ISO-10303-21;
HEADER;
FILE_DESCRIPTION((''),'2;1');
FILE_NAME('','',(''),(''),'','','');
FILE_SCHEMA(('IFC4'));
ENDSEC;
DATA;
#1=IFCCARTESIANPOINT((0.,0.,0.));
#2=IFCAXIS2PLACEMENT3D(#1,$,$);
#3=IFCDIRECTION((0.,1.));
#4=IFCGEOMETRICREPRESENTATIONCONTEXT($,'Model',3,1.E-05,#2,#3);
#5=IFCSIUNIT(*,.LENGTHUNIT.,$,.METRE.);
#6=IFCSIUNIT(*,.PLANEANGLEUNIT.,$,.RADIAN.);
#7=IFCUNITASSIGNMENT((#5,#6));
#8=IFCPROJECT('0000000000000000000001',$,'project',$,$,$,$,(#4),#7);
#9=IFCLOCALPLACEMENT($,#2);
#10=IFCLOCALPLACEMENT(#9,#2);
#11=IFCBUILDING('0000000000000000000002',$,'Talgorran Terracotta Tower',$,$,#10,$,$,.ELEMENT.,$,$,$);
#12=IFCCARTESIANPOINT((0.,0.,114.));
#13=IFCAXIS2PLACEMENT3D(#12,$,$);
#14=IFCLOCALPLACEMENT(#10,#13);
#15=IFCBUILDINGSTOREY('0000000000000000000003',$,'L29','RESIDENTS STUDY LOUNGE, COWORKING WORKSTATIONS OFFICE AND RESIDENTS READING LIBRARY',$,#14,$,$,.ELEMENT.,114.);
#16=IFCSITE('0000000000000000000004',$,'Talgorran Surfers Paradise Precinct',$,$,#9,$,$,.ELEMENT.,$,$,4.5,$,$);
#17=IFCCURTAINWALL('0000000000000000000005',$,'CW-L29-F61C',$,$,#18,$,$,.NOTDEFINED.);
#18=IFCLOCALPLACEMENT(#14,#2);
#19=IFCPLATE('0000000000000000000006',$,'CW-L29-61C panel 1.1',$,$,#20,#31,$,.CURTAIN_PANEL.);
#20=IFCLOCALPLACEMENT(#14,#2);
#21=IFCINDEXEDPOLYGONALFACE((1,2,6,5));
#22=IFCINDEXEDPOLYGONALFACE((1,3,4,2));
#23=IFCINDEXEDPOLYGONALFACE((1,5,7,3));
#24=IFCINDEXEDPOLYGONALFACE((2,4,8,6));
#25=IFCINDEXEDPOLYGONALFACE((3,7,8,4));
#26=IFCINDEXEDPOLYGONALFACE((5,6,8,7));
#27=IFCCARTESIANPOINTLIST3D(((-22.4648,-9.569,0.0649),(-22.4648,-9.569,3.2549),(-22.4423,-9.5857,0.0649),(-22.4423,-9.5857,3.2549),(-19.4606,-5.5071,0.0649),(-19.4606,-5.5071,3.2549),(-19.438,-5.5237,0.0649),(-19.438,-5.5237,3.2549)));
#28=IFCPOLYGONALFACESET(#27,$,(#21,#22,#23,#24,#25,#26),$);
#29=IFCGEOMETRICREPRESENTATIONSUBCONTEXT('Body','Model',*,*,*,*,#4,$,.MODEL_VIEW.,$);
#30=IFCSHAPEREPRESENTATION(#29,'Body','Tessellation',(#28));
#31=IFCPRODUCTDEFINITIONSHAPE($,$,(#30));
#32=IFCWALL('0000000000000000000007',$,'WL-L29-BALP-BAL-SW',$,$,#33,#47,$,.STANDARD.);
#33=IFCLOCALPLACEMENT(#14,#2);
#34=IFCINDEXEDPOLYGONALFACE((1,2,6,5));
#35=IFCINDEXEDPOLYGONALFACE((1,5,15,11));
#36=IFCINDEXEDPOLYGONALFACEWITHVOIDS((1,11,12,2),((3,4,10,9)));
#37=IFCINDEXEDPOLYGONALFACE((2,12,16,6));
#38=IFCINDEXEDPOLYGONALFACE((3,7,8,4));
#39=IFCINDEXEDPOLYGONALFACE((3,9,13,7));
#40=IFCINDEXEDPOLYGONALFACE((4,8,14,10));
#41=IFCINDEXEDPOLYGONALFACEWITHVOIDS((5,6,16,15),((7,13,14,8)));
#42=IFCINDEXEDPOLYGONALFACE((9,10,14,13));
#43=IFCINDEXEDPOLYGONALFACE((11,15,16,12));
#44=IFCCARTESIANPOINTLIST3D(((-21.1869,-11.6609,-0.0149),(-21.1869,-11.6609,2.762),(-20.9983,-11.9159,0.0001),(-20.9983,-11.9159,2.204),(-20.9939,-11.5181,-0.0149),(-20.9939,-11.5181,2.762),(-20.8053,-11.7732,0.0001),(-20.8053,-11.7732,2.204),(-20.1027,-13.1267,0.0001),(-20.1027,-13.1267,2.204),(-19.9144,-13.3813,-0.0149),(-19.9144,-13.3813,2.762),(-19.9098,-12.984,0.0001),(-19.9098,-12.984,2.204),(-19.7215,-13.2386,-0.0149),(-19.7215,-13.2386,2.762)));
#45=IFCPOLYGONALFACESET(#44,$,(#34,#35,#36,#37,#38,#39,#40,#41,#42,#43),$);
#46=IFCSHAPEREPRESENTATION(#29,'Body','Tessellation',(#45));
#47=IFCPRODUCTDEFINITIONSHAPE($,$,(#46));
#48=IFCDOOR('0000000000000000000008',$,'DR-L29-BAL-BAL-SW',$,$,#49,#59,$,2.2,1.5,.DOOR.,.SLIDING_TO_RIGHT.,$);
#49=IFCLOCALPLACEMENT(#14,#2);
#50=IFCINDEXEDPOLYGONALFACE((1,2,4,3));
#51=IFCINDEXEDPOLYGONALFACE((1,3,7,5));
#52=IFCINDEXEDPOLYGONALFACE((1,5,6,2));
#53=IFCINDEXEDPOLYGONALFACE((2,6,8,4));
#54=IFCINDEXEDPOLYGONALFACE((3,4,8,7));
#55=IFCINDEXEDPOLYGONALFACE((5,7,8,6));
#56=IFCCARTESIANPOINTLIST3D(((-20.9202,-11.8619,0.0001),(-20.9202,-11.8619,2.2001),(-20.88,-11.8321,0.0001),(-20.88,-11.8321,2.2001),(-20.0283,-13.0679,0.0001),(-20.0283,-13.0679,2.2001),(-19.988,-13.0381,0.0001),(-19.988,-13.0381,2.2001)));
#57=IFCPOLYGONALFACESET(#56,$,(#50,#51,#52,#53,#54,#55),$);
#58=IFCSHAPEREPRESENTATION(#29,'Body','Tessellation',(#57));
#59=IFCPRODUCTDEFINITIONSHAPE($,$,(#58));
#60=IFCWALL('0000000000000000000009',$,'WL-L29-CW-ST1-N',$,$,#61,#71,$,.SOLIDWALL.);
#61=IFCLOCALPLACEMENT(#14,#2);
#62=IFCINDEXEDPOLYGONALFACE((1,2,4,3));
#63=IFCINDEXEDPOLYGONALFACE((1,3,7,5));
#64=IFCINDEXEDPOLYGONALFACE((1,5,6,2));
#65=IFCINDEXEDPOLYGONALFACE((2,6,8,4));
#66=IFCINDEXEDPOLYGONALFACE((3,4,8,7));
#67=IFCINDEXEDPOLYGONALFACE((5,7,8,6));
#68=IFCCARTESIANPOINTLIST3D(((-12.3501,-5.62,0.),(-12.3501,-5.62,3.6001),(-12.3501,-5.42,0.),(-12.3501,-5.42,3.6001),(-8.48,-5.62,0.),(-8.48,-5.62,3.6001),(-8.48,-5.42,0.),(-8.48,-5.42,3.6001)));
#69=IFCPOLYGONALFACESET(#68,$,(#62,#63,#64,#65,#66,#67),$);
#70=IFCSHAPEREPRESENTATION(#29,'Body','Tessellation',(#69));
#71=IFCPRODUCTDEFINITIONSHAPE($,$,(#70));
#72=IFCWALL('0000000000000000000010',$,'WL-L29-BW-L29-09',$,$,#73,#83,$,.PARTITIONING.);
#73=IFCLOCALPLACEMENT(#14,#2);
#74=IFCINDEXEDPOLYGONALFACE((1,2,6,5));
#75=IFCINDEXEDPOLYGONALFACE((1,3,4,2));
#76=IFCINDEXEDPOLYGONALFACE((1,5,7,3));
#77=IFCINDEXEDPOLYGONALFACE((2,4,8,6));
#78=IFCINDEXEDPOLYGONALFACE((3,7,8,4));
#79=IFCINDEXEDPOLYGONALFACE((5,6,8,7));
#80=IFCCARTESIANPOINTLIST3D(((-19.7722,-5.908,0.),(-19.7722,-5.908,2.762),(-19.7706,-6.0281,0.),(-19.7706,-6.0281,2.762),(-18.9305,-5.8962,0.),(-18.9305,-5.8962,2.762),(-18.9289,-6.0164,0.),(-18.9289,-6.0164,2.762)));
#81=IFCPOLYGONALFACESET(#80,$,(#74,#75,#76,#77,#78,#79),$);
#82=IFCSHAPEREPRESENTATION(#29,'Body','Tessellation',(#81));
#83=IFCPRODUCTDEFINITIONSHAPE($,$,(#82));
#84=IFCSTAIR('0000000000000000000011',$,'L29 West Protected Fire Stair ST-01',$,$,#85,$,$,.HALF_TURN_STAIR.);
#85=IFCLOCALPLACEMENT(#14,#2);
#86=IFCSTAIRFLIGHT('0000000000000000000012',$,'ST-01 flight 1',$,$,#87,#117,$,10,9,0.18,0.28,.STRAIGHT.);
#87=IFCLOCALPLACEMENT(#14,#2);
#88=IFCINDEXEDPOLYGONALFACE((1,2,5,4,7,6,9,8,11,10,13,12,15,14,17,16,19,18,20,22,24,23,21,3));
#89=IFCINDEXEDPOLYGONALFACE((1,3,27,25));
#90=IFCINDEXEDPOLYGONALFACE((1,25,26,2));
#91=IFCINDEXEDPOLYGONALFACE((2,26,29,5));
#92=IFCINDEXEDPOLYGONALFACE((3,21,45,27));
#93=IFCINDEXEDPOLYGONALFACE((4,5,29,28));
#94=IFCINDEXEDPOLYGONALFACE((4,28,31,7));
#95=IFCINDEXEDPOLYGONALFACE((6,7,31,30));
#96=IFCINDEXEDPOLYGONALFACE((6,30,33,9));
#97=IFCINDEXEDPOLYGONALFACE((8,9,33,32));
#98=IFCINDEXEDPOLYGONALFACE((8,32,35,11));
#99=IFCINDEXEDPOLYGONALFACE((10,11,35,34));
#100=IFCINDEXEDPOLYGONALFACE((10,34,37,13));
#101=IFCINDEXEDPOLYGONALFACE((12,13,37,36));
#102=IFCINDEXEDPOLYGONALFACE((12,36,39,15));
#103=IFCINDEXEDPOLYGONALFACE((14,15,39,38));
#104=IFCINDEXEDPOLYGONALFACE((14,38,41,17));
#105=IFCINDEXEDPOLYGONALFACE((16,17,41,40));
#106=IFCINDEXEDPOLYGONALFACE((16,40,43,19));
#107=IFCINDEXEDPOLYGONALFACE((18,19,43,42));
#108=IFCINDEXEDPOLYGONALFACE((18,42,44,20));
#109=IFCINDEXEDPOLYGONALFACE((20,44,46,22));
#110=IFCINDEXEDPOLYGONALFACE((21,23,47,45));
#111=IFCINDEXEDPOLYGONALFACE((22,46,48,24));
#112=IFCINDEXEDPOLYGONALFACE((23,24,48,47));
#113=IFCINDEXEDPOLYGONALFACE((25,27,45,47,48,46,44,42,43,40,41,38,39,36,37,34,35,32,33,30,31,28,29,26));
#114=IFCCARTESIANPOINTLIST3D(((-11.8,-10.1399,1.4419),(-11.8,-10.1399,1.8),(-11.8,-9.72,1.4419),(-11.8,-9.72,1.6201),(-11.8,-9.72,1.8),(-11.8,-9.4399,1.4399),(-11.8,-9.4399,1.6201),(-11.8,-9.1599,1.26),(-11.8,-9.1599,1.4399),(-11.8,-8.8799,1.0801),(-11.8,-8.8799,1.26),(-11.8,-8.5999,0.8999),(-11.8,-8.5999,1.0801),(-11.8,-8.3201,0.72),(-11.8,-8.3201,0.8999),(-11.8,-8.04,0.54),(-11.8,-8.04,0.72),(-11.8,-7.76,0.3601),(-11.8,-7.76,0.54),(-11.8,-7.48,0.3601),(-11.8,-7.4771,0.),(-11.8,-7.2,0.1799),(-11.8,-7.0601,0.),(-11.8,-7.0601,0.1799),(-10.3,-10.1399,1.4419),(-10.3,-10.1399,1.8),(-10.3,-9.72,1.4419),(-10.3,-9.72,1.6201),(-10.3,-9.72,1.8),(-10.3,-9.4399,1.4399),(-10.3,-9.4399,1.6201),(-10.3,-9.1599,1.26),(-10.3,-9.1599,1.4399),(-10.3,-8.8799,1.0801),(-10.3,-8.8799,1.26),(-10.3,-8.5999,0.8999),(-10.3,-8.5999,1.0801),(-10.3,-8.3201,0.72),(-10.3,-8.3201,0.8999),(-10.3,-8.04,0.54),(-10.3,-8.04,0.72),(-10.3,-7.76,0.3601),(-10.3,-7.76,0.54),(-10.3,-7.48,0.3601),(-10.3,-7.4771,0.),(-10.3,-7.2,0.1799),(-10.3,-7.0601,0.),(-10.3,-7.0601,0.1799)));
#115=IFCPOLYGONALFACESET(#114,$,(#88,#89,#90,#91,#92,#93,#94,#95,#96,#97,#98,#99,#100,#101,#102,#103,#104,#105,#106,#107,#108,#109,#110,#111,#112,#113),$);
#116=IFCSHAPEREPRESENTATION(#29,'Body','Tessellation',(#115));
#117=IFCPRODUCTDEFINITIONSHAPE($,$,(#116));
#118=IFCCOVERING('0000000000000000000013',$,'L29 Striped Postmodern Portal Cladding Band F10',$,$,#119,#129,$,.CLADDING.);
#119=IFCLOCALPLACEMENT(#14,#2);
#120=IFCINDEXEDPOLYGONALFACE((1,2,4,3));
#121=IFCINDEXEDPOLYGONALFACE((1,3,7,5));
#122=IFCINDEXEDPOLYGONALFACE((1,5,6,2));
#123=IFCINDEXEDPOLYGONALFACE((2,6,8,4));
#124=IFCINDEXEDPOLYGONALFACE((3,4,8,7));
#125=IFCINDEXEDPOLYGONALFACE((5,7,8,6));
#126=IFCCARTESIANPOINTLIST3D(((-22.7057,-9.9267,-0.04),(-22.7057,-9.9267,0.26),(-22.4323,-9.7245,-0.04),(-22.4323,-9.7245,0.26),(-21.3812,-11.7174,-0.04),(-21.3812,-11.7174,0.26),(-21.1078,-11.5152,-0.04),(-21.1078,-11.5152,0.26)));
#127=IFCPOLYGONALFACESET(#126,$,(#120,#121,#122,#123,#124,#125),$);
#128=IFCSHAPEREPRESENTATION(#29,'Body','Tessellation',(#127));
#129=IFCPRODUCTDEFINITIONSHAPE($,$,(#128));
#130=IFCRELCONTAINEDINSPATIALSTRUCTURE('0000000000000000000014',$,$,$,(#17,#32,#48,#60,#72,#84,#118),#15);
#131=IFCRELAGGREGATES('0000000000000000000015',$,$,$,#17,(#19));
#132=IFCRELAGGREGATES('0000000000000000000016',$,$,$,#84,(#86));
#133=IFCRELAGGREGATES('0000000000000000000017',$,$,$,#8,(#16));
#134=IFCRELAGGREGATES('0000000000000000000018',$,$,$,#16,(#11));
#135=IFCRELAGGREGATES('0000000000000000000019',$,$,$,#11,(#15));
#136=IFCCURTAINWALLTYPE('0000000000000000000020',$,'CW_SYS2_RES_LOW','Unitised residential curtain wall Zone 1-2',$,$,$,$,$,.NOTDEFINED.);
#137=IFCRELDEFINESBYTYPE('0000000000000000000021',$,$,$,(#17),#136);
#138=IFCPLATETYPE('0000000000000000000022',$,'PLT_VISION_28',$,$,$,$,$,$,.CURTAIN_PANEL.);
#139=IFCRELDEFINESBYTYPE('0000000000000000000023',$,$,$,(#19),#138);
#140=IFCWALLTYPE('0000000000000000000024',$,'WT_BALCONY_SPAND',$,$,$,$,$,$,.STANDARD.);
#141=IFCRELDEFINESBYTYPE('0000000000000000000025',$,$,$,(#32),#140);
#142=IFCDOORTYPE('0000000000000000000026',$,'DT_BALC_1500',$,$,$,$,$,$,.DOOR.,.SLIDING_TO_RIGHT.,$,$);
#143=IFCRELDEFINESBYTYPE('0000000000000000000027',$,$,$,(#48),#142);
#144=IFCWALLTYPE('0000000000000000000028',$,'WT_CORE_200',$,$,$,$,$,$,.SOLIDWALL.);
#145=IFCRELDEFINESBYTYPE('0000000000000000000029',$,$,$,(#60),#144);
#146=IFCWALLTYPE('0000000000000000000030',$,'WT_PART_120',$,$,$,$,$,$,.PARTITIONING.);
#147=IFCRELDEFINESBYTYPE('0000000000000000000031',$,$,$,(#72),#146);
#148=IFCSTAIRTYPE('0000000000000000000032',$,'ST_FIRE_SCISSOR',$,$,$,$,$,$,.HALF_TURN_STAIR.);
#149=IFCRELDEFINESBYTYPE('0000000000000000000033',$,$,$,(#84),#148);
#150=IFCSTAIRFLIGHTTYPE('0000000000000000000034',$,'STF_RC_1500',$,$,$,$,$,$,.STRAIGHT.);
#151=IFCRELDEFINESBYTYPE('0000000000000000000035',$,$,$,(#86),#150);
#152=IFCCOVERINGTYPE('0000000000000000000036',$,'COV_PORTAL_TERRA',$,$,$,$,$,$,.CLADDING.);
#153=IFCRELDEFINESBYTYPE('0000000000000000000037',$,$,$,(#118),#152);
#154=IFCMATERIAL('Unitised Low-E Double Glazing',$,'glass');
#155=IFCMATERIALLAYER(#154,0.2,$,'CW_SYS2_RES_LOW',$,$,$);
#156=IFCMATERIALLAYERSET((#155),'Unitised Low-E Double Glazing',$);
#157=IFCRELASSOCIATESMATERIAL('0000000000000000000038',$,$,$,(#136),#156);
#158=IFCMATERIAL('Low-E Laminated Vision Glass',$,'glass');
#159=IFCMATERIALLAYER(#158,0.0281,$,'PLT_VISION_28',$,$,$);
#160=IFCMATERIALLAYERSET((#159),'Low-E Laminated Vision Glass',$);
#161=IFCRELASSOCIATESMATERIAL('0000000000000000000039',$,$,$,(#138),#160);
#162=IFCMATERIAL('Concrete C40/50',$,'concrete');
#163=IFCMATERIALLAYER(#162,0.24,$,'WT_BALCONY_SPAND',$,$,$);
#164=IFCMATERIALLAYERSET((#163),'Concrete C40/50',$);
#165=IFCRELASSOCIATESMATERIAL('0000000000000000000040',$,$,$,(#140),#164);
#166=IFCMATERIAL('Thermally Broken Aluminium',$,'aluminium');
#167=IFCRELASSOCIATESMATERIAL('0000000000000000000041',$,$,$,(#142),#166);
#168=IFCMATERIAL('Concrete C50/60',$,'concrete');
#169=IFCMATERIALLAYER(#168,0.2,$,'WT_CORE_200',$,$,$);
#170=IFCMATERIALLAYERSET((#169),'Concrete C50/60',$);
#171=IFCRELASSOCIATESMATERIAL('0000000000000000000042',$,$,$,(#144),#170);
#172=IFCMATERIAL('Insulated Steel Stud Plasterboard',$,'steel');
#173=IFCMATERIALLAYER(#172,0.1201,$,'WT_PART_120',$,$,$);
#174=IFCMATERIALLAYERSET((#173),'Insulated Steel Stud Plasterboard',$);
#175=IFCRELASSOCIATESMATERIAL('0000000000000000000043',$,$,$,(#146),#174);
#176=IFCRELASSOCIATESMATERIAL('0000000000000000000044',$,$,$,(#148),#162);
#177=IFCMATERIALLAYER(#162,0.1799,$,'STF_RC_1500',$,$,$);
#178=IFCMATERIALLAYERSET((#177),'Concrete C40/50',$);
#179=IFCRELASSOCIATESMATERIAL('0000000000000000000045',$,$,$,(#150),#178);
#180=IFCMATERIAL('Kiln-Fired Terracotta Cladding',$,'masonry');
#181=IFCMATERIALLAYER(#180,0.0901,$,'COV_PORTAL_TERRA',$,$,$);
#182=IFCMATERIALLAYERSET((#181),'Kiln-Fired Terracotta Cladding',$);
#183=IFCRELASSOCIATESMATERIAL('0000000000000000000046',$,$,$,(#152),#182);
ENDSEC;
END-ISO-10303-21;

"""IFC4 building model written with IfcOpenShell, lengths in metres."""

from ifc_helpers import new_model, si_unit, direction, frame, frame_2d, origin, origin_2d, place, context, subcontext, project, spatial, polyline, rectangle, outline, extrude, source, transform, mapped, material, layer, layer_set, type_object, element, fill, aggregate, save


model = new_model("IFC4")

# Units and contexts
model_context = context("Model", 3, precision=1e-05, world=origin(), true_north=direction((0.0, 1.0)))
body_context = subcontext(model_context, "Body", "Model", "MODEL_VIEW")
ifc_project = project(units=[si_unit("LENGTHUNIT", "METRE"), si_unit("PLANEANGLEUNIT", "RADIAN")], contexts=[model_context])

# Site, building, storey
site_placement = place(None, origin())
site = spatial("IfcSite", under=ifc_project, at=site_placement, Name="Talgorran Surfers Paradise Precinct", CompositionType="ELEMENT", RefElevation=4.5)
building_placement = place(site_placement, origin())
building = spatial("IfcBuilding", under=site, at=building_placement, Name="Talgorran Terracotta Tower", CompositionType="ELEMENT")
storey_placement = place(building_placement, frame((0.0, 0.0, 114.0)))
storey = spatial("IfcBuildingStorey", under=building, at=storey_placement, Name="L29", Description="RESIDENTS STUDY LOUNGE, COWORKING WORKSTATIONS OFFICE AND RESIDENTS READING LIBRARY", CompositionType="ELEMENT", Elevation=114.0)

# Shared definitions
ifc_material_1 = material(Name="Unitised Low-E Double Glazing", Category="glass")
ifc_layer_1 = layer(ifc_material_1, 0.2, Name="CW_SYS2_RES_LOW")
ifc_layer_set_1 = layer_set([ifc_layer_1], Name="Unitised Low-E Double Glazing")
curtain_wall_type = type_object("IfcCurtainWallType", Name="CW_SYS2_RES_LOW", Description="Unitised residential curtain wall Zone 1-2", PredefinedType="NOTDEFINED", material=ifc_layer_set_1)

# Curtain wall
curtain_wall_1_placement = place(storey_placement, origin())
curtain_wall_1 = element("IfcCurtainWall", 1, at=curtain_wall_1_placement, inside=storey, type_object=curtain_wall_type, Name="CW-L29-F61C", PredefinedType="NOTDEFINED")

# Plate
ifc_material_2 = material(Name="Low-E Laminated Vision Glass", Category="glass")
ifc_layer_2 = layer(ifc_material_2, 0.0281, Name="PLT_VISION_28")
ifc_layer_set_2 = layer_set([ifc_layer_2], Name="Low-E Laminated Vision Glass")
plate_type = type_object("IfcPlateType", Name="PLT_VISION_28", PredefinedType="CURTAIN_PANEL", material=ifc_layer_set_2)
shared_shape_1 = source(origin(), body_context, "Body", "SweptSolid", [
    extrude(rectangle(XDim=5.0522, YDim=0.0281, at=origin_2d()), origin(), (0.0, 0.0, 1.0), 3.1899),
])
plate_1_placement = place(storey_placement, frame((-20.9514, -7.5464, 0.0649), z_axis=(0.0, 0.0, 1.0), x_axis=(-0.594639, -0.803993, 0.0)))
plate_1 = element("IfcPlate", 2, at=plate_1_placement, type_object=plate_type, Name="CW-L29-61C panel 1.1", PredefinedType="CURTAIN_PANEL", context=body_context, shape_type="MappedRepresentation", body=[
    mapped(shared_shape_1, transform((0.0, 0.0, 0.0), scale=1.0)),
])
aggregate(curtain_wall_1, [plate_1])

# Wall, opening, door
ifc_material_3 = material(Name="Concrete C40/50", Category="concrete")
ifc_layer_3 = layer(ifc_material_3, 0.24, Name="WT_BALCONY_SPAND")
ifc_layer_set_3 = layer_set([ifc_layer_3], Name="Concrete C40/50")
wall_type_1 = type_object("IfcWallType", Name="WT_BALCONY_SPAND", PredefinedType="STANDARD", material=ifc_layer_set_3)
wall_1_placement = place(storey_placement, frame((-21.0903, -11.5896, -0.0149), z_axis=(0.0, 0.0, 1.0), x_axis=(0.594638, -0.803994, 0.0)))
wall_1 = element("IfcWall", 3, at=wall_1_placement, inside=storey, type_object=wall_type_1, Name="WL-L29-BALP-BAL-SW", PredefinedType="STANDARD", context=body_context, shape_type="SweptSolid", body=[
    extrude(rectangle(XDim=2.1399, YDim=0.24, at=frame_2d((1.0698, 0.0))), origin(), (0.0, 0.0, 1.0), 2.7769),
])
opening_placement = place(wall_1_placement, frame((0.3201, 0.0, 0.0149)))
opening = element("IfcOpeningElement", 4, at=opening_placement, cuts=wall_1, PredefinedType="OPENING", context=body_context, shape_type="SweptSolid", body=[
    extrude(rectangle(XDim=1.506, YDim=2.204, at=frame_2d((0.75, 1.1021))), frame((0.0, 0.1299, 0.0), z_axis=(0.0, -1.0, 0.0), x_axis=(1.0, 0.0, 0.0)), (0.0, 0.0, 1.0), 0.26),
])
ifc_material_4 = material(Name="Thermally Broken Aluminium", Category="aluminium")
door_type = type_object("IfcDoorType", Name="DT_BALC_1500", OperationType="SLIDING_TO_RIGHT", PredefinedType="DOOR", material=ifc_material_4)
door_placement = place(opening_placement, origin())
door = element("IfcDoor", 5, at=door_placement, inside=storey, type_object=door_type, Name="DR-L29-BAL-BAL-SW", OperationType="SLIDING_TO_RIGHT", OverallHeight=2.2, OverallWidth=1.5, PredefinedType="DOOR", context=body_context, shape_type="SweptSolid", body=[
    extrude(rectangle(XDim=1.5, YDim=2.2, at=frame_2d((0.75, 1.1001))), frame((0.0, 0.0249, 0.0), z_axis=(0.0, -1.0, 0.0), x_axis=(1.0, 0.0, 0.0)), (0.0, 0.0, 1.0), 0.05),
])
fill(opening, door)

# Walls
ifc_material_5 = material(Name="Concrete C50/60", Category="concrete")
ifc_layer_4 = layer(ifc_material_5, 0.2, Name="WT_CORE_200")
ifc_layer_set_4 = layer_set([ifc_layer_4], Name="Concrete C50/60")
wall_type_2 = type_object("IfcWallType", Name="WT_CORE_200", PredefinedType="SOLIDWALL", material=ifc_layer_set_4)
wall_2_placement = place(storey_placement, frame((-12.3501, -5.52, 0.0), z_axis=(0.0, 0.0, 1.0), x_axis=(1.0, 0.0, 0.0)))
element("IfcWall", 6, at=wall_2_placement, inside=storey, type_object=wall_type_2, Name="WL-L29-CW-ST1-N", PredefinedType="SOLIDWALL", context=body_context, shape_type="SweptSolid", body=[
    extrude(rectangle(XDim=3.8701, YDim=0.2, at=frame_2d((1.9351, 0.0))), origin(), (0.0, 0.0, 1.0), 3.6001),
])
ifc_material_6 = material(Name="Insulated Steel Stud Plasterboard", Category="steel")
ifc_layer_5 = layer(ifc_material_6, 0.1201, Name="WT_PART_120")
ifc_layer_set_5 = layer_set([ifc_layer_5], Name="Insulated Steel Stud Plasterboard")
wall_type_3 = type_object("IfcWallType", Name="WT_PART_120", PredefinedType="PARTITIONING", material=ifc_layer_set_5)
wall_3_placement = place(storey_placement, frame((-18.9297, -5.9563, 0.0), z_axis=(0.0, 0.0, 1.0), x_axis=(-0.999903, -0.01392, 0.0)))
element("IfcWall", 7, at=wall_3_placement, inside=storey, type_object=wall_type_3, Name="WL-L29-BW-L29-09", PredefinedType="PARTITIONING", context=body_context, shape_type="SweptSolid", body=[
    extrude(rectangle(XDim=0.8418, YDim=0.1201, at=frame_2d((0.4209, 0.0))), origin(), (0.0, 0.0, 1.0), 2.762),
])

# Stair, stair flight
stair_type = type_object("IfcStairType", Name="ST_FIRE_SCISSOR", PredefinedType="HALF_TURN_STAIR", material=ifc_material_3)
stair_placement = place(storey_placement, origin())
stair = element("IfcStair", 8, at=stair_placement, inside=storey, type_object=stair_type, Name="L29 West Protected Fire Stair ST-01", PredefinedType="HALF_TURN_STAIR")
ifc_layer_6 = layer(ifc_material_3, 0.1799, Name="STF_RC_1500")
ifc_layer_set_6 = layer_set([ifc_layer_6], Name="Concrete C40/50")
stair_flight_type = type_object("IfcStairFlightType", Name="STF_RC_1500", PredefinedType="STRAIGHT", material=ifc_layer_set_6)
stair_flight_placement = place(storey_placement, frame((-11.05, -7.2, 0.0), z_axis=(0.0, 0.0, 1.0), x_axis=(0.0, -1.0, 0.0)))
stair_flight = element("IfcStairFlight", 9, at=stair_flight_placement, type_object=stair_flight_type, Name="ST-01 flight 1", NumberOfRisers=10, NumberOfTreads=9, PredefinedType="STRAIGHT", RiserHeight=0.18, TreadLength=0.28, context=body_context, shape_type="SweptSolid", body=[
    extrude(outline(polyline([(-0.1399, 0.0), (-0.1399, 0.1799), (0.0, 0.1799), (0.28, 0.3601), (0.5601, 0.3601), (0.5601, 0.54), (0.8401, 0.54), (0.8401, 0.72), (1.1201, 0.72), (1.1201, 0.8999), (1.3999, 0.8999), (1.3999, 1.0801), (1.6799, 1.0801), (1.6799, 1.26), (1.96, 1.26), (1.96, 1.4399), (2.24, 1.4399), (2.24, 1.6201), (2.52, 1.6201), (2.52, 1.8), (2.9399, 1.8), (2.9399, 1.4419), (2.52, 1.4419), (0.2771, 0.0), (-0.1399, 0.0)])), frame((0.0, 0.75, 0.0), z_axis=(0.0, -1.0, 0.0), x_axis=(1.0, 0.0, 0.0)), (0.0, 0.0, 1.0), 1.5),
])
aggregate(stair, [stair_flight])

# Covering
ifc_material_7 = material(Name="Kiln-Fired Terracotta Cladding", Category="masonry")
ifc_layer_7 = layer(ifc_material_7, 0.0901, Name="COV_PORTAL_TERRA")
ifc_layer_set_7 = layer_set([ifc_layer_7], Name="Kiln-Fired Terracotta Cladding")
covering_type = type_object("IfcCoveringType", Name="COV_PORTAL_TERRA", PredefinedType="CLADDING", material=ifc_layer_set_7)
covering_placement = place(storey_placement, frame((-21.9067, -10.7209, -0.04), z_axis=(0.0, 0.0, 1.0), x_axis=(0.594654, -0.803981, 0.0)))
element("IfcCovering", 10, at=covering_placement, inside=storey, type_object=covering_type, Name="L29 Striped Postmodern Portal Cladding Band F10", PredefinedType="CLADDING", context=body_context, shape_type="SweptSolid", body=[
    extrude(rectangle(XDim=2.2273, YDim=0.3401, at=origin_2d()), origin(), (0.0, 0.0, 1.0), 0.3),
])

save(model, "model.ifc")
